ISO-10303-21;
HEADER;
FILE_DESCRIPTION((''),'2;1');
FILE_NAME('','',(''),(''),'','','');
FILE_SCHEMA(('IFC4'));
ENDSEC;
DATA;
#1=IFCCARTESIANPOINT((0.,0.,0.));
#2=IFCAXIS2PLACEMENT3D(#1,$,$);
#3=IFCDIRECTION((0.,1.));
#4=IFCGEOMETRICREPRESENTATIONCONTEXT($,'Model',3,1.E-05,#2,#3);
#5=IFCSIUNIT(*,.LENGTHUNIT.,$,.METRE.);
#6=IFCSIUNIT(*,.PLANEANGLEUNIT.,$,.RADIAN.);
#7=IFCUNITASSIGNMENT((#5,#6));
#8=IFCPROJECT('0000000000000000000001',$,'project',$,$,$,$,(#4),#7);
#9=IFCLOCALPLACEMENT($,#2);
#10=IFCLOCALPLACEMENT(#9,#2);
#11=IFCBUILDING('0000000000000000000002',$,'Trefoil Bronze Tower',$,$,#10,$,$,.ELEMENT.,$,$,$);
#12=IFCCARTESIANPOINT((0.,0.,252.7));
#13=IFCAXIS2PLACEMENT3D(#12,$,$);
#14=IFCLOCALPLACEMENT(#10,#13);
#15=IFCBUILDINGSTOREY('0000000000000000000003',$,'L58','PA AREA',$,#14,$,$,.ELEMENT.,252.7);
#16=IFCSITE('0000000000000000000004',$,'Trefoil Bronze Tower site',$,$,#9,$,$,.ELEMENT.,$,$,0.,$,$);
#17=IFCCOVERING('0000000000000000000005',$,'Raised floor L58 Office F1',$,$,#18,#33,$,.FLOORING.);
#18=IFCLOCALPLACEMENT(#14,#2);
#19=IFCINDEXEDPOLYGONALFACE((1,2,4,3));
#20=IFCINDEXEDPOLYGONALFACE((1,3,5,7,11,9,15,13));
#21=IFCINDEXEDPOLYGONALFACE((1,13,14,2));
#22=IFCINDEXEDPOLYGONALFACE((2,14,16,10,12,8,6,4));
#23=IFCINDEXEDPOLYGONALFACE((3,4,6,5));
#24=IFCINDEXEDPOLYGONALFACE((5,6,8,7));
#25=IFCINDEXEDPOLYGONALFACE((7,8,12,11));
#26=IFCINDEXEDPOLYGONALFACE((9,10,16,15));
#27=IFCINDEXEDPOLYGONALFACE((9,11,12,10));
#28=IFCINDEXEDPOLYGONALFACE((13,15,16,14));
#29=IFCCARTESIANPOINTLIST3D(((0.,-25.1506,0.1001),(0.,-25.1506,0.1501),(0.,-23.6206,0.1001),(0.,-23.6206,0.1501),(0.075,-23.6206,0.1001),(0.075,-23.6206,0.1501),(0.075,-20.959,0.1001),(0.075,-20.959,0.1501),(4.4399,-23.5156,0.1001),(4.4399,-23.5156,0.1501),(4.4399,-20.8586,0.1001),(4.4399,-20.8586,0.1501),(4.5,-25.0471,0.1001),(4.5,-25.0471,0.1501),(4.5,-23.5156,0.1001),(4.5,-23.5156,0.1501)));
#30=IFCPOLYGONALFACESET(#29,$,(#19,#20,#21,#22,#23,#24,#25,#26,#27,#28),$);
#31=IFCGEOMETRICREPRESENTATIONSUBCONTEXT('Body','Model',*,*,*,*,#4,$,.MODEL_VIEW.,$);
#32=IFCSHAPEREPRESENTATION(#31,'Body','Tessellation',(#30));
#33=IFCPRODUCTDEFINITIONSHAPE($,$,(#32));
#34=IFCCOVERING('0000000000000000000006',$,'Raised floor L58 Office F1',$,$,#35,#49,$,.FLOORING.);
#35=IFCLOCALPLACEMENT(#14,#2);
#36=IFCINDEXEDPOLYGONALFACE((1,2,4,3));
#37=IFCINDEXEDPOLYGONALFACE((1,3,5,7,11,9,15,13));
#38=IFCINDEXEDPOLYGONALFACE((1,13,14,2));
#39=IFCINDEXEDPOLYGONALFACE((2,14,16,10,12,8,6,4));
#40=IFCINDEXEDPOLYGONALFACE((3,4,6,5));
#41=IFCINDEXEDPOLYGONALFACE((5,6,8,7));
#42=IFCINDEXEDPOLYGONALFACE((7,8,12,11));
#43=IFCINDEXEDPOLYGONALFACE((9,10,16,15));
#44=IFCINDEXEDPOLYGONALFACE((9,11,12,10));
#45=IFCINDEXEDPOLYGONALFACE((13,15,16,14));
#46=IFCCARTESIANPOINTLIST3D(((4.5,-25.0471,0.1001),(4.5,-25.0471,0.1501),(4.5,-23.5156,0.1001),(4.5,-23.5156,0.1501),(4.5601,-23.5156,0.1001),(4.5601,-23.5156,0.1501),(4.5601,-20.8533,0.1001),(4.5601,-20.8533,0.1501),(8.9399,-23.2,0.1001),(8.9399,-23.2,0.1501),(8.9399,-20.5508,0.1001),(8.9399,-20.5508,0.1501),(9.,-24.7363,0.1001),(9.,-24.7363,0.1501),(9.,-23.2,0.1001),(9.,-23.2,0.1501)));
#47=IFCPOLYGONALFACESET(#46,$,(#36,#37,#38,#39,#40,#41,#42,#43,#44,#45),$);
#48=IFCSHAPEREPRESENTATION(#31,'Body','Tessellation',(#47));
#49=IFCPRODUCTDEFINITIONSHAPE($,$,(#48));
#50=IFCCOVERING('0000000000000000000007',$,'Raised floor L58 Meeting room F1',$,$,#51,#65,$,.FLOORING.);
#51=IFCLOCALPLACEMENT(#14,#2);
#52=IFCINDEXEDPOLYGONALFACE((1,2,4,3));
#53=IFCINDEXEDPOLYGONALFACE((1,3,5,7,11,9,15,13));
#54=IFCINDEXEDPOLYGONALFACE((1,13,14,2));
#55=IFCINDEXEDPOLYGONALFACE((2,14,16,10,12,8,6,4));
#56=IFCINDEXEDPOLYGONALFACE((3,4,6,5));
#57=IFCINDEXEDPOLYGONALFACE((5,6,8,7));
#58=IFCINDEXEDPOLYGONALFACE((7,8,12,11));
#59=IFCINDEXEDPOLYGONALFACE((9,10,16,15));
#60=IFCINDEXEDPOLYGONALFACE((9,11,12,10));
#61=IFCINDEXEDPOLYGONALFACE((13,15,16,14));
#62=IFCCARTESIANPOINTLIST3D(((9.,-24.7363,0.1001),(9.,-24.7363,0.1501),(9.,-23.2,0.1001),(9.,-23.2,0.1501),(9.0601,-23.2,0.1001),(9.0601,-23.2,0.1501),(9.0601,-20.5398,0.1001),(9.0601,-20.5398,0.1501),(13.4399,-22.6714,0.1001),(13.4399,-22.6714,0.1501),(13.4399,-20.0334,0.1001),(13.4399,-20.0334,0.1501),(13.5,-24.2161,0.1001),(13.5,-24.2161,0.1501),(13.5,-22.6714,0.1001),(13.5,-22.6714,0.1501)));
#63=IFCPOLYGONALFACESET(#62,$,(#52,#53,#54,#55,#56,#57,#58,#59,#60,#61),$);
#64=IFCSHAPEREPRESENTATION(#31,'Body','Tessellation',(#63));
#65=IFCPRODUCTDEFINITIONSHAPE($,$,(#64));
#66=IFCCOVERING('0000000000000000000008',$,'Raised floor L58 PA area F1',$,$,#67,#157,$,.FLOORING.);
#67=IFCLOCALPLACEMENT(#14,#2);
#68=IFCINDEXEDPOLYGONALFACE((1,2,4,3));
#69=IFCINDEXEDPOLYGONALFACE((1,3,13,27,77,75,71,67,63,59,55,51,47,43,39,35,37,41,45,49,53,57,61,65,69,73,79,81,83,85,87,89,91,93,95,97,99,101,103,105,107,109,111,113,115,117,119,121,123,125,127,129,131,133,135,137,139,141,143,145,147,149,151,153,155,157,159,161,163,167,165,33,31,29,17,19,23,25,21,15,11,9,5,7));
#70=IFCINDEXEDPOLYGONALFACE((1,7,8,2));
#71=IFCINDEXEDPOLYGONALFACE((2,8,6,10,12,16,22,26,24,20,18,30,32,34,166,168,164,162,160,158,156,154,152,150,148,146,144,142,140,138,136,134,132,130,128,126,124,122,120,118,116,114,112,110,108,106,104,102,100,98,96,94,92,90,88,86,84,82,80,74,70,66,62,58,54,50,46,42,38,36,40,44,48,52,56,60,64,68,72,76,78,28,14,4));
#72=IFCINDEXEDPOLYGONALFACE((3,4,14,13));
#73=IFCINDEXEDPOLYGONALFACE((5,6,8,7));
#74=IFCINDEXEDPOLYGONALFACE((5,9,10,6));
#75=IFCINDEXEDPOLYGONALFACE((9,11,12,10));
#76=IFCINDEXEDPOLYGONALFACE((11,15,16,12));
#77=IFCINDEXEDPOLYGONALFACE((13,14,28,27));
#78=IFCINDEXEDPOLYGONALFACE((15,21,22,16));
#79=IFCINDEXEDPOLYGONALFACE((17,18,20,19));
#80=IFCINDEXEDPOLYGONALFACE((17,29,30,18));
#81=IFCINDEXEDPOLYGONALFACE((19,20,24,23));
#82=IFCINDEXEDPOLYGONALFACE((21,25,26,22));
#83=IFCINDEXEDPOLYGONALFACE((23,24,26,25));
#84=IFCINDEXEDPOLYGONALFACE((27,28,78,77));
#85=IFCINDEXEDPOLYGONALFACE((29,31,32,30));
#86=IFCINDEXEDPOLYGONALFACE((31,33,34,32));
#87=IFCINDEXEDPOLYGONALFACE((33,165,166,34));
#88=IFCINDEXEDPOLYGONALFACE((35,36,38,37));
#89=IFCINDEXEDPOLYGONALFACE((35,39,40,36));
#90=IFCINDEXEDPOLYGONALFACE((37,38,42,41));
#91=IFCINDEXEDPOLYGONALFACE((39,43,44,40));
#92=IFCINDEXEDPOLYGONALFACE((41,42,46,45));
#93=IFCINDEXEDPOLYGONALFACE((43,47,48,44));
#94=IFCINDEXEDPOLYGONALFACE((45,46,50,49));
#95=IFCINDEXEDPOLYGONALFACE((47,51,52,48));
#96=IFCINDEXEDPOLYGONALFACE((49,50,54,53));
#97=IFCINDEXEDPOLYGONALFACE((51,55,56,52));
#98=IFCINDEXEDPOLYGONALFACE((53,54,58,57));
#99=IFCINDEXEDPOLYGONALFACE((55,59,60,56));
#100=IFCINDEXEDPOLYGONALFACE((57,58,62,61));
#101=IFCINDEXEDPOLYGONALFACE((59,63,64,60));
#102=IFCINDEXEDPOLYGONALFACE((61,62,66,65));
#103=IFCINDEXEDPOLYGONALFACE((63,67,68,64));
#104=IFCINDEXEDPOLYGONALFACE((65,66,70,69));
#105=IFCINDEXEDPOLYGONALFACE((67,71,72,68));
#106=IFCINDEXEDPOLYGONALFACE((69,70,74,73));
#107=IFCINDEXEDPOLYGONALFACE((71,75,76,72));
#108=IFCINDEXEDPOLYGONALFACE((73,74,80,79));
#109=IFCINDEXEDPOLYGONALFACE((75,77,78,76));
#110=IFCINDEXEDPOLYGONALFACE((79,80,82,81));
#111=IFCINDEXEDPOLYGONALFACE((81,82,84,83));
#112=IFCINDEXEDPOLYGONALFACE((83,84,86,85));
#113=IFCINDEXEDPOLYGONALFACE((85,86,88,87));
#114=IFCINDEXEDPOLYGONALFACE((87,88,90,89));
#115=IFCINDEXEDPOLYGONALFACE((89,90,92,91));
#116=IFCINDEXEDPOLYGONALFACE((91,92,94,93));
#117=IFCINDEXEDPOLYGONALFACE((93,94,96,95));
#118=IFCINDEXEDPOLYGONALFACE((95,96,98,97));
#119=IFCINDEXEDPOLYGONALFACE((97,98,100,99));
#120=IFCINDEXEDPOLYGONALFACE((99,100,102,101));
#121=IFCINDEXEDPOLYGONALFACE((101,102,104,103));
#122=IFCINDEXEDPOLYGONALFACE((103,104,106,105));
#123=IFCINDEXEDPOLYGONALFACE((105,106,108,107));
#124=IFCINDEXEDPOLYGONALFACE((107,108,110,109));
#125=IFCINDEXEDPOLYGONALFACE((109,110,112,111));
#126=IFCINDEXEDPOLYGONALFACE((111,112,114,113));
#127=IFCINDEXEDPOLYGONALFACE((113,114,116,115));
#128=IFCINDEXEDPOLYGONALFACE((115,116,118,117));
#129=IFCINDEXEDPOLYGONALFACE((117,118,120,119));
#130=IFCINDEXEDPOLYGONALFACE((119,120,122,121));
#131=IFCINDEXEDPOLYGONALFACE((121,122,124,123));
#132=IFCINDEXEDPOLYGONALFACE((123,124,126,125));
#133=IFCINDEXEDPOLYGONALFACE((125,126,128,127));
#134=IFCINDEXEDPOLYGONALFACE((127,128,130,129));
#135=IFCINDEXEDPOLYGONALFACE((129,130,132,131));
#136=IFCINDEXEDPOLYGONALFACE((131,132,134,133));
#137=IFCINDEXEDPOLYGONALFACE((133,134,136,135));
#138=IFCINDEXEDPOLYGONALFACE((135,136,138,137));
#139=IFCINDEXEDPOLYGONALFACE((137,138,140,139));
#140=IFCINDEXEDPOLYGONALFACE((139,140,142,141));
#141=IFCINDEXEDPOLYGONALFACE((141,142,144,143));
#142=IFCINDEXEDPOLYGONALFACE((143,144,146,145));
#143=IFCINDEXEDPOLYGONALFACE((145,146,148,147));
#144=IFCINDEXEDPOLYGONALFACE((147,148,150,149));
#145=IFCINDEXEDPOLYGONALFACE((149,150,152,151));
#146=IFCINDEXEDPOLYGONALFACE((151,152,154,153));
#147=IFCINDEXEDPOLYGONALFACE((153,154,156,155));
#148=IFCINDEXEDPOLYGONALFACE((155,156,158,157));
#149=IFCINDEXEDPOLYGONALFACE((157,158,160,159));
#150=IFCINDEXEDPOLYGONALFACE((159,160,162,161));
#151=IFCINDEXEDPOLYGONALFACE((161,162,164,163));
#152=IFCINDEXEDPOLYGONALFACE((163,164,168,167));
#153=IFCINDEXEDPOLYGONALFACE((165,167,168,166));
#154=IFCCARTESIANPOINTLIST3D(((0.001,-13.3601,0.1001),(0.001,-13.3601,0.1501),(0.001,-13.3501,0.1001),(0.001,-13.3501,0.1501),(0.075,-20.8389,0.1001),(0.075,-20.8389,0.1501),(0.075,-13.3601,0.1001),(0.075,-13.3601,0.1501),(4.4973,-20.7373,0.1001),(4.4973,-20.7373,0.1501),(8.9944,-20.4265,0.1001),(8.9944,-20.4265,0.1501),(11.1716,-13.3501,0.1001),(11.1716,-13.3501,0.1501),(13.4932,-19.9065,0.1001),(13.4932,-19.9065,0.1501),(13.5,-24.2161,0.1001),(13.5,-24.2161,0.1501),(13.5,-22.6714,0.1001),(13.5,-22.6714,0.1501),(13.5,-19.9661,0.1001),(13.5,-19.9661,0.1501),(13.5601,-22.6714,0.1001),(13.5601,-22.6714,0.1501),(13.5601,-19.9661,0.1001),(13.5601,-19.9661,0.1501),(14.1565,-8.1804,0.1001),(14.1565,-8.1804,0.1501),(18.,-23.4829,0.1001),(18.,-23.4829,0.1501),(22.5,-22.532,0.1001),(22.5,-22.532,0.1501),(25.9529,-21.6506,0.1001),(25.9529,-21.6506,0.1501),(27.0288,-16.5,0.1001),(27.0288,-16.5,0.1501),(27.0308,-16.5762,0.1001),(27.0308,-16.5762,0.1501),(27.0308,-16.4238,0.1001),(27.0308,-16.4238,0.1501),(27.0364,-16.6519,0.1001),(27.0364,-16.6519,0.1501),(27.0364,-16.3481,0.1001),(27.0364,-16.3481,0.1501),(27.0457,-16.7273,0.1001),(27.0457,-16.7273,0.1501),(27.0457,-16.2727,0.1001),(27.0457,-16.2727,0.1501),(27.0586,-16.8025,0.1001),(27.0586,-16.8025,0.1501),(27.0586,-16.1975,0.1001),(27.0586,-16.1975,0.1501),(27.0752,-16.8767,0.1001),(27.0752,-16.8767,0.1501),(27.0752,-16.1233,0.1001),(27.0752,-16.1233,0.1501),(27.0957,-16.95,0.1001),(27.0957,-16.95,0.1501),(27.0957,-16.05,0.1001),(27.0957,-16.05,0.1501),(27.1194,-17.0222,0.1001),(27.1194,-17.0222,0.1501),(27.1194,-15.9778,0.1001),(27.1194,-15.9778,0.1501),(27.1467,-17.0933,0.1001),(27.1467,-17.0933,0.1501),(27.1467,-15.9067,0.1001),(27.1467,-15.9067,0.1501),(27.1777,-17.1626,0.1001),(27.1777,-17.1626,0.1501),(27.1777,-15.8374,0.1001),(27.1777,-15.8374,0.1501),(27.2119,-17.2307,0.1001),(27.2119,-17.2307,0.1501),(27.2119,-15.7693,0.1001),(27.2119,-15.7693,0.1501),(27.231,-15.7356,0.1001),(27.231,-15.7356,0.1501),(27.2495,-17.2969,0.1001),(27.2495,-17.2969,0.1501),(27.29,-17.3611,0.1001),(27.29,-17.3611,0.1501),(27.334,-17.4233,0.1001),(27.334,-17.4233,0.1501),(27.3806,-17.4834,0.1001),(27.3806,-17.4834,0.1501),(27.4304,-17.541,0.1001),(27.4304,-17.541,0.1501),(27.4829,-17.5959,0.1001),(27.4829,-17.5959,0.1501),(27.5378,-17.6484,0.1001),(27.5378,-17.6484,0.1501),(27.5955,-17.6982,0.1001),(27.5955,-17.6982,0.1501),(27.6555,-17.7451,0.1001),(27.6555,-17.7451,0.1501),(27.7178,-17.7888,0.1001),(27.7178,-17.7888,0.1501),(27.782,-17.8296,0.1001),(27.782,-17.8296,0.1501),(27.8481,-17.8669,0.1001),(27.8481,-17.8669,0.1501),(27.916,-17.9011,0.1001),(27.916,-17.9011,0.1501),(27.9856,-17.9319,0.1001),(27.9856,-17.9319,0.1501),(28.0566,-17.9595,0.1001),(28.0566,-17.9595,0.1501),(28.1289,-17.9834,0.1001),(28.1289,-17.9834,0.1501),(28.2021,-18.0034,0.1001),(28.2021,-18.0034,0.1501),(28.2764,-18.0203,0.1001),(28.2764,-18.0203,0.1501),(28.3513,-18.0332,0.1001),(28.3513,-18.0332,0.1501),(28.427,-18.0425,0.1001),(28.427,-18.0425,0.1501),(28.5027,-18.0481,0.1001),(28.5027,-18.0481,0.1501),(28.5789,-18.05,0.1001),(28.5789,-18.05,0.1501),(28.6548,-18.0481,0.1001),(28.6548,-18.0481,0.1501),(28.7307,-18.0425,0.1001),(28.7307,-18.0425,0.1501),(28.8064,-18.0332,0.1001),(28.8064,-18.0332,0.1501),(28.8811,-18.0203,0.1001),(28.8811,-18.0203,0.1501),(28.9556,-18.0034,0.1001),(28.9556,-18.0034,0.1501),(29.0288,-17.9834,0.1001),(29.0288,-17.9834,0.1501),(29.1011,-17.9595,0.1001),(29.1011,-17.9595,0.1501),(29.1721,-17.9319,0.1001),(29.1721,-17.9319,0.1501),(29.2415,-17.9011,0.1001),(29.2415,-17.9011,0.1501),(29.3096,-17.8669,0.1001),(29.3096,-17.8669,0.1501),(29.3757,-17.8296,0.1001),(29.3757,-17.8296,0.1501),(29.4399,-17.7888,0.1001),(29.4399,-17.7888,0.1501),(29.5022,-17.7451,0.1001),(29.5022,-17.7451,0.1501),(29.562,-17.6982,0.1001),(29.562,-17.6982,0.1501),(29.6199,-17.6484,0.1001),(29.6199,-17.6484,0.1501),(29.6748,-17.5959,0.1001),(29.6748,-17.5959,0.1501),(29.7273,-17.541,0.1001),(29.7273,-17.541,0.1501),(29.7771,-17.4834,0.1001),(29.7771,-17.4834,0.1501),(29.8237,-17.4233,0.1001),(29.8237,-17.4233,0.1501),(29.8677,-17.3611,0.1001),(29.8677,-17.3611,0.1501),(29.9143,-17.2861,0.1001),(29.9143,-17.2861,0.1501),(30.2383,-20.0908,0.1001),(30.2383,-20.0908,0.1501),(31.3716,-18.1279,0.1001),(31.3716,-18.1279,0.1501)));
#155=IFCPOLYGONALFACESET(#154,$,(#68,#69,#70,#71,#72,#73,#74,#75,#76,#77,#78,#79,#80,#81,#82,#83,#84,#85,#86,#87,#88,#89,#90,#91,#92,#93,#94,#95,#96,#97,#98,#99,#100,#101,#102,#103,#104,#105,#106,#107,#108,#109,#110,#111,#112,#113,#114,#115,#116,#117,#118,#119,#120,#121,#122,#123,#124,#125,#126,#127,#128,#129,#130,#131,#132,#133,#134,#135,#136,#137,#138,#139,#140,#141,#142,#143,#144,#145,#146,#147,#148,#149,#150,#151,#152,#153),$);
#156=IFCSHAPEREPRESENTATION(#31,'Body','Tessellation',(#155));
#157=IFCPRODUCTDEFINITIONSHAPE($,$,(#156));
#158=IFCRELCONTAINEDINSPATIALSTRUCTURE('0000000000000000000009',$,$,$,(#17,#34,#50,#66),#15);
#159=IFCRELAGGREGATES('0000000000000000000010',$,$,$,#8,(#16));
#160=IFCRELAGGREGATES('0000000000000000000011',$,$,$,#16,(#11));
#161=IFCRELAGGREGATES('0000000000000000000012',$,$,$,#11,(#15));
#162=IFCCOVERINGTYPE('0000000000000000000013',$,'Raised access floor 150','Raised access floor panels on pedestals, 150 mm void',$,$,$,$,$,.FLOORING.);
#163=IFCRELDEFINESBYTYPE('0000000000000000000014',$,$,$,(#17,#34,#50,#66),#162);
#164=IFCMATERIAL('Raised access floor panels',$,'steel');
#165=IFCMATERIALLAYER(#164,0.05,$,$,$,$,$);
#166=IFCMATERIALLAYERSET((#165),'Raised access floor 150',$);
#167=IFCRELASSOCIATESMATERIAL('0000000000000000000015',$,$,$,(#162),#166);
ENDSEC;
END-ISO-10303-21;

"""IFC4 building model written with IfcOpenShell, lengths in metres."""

from ifc_helpers import new_model, si_unit, direction, frame, origin, place, context, subcontext, project, spatial, polyline, outline, extrude, material, layer, layer_set, type_object, element, save


model = new_model("IFC4")

# Units and contexts
model_context = context("Model", 3, precision=1e-05, world=origin(), true_north=direction((0.0, 1.0)))
body_context = subcontext(model_context, "Body", "Model", "MODEL_VIEW")
ifc_project = project(units=[si_unit("LENGTHUNIT", "METRE"), si_unit("PLANEANGLEUNIT", "RADIAN")], contexts=[model_context])

# Site, building, storey
site_placement = place(None, origin())
site = spatial("IfcSite", under=ifc_project, at=site_placement, Name="Trefoil Bronze Tower site", CompositionType="ELEMENT", RefElevation=0.0)
building_placement = place(site_placement, origin())
building = spatial("IfcBuilding", under=site, at=building_placement, Name="Trefoil Bronze Tower", CompositionType="ELEMENT")
storey_placement = place(building_placement, frame((0.0, 0.0, 252.7)))
storey = spatial("IfcBuildingStorey", under=building, at=storey_placement, Name="L58", Description="PA AREA", CompositionType="ELEMENT", Elevation=252.7)

# Coverings
ifc_material_1 = material(Name="Raised access floor panels", Category="steel")
ifc_layer_1 = layer(ifc_material_1, 0.05)
ifc_layer_set_1 = layer_set([ifc_layer_1], Name="Raised access floor 150")
covering_type_1 = type_object("IfcCoveringType", Name="Raised access floor 150", Description="Raised access floor panels on pedestals, 150 mm void", PredefinedType="FLOORING", material=ifc_layer_set_1)
covering_1_placement = place(storey_placement, frame((0.0, 0.0, 0.1001)))
element("IfcCovering", 1, at=covering_1_placement, inside=storey, type_object=covering_type_1, Name="Raised floor L58 Office F1", PredefinedType="FLOORING", context=body_context, shape_type="SweptSolid", body=[
    extrude(outline(polyline([(4.5, -25.0471), (0.0, -25.1506), (0.0, -23.6206), (0.075, -23.6206), (0.075, -20.959), (4.4399, -20.8586), (4.4399, -23.5156), (4.5, -23.5156), (4.5, -25.0471)])), origin(), (0.0, 0.0, 1.0), 0.05),
])
covering_2_placement = place(storey_placement, frame((0.0, 0.0, 0.1001)))
element("IfcCovering", 2, at=covering_2_placement, inside=storey, type_object=covering_type_1, Name="Raised floor L58 Office F1", PredefinedType="FLOORING", context=body_context, shape_type="SweptSolid", body=[
    extrude(outline(polyline([(9.0, -24.7363), (4.5, -25.0471), (4.5, -23.5156), (4.5601, -23.5156), (4.5601, -20.8533), (8.9399, -20.5508), (8.9399, -23.2), (9.0, -23.2), (9.0, -24.7363)])), origin(), (0.0, 0.0, 1.0), 0.05),
])
covering_3_placement = place(storey_placement, frame((0.0, 0.0, 0.1001)))
element("IfcCovering", 3, at=covering_3_placement, inside=storey, type_object=covering_type_1, Name="Raised floor L58 Meeting room F1", PredefinedType="FLOORING", context=body_context, shape_type="SweptSolid", body=[
    extrude(outline(polyline([(13.5, -24.2161), (9.0, -24.7363), (9.0, -23.2), (9.0601, -23.2), (9.0601, -20.5398), (13.4399, -20.0334), (13.4399, -22.6714), (13.5, -22.6714), (13.5, -24.2161)])), origin(), (0.0, 0.0, 1.0), 0.05),
])
covering_4_placement = place(storey_placement, frame((0.0, 0.0, 0.1001)))
element("IfcCovering", 4, at=covering_4_placement, inside=storey, type_object=covering_type_1, Name="Raised floor L58 PA area F1", PredefinedType="FLOORING", context=body_context, shape_type="SweptSolid", body=[
    extrude(outline(polyline([(13.5, -22.6714), (13.5601, -22.6714), (13.5601, -19.9661), (13.5, -19.9661), (13.4932, -19.9065), (8.9944, -20.4265), (4.4973, -20.7373), (0.075, -20.8389), (0.075, -13.3601), (0.001, -13.3601), (0.001, -13.3501), (11.1716, -13.3501), (14.1565, -8.1804), (27.231, -15.7356), (27.2119, -15.7693), (27.1777, -15.8374), (27.1467, -15.9067), (27.1194, -15.9778), (27.0957, -16.05), (27.0752, -16.1233), (27.0586, -16.1975), (27.0457, -16.2727), (27.0364, -16.3481), (27.0308, -16.4238), (27.0288, -16.5), (27.0308, -16.5762), (27.0364, -16.6519), (27.0457, -16.7273), (27.0586, -16.8025), (27.0752, -16.8767), (27.0957, -16.95), (27.1194, -17.0222), (27.1467, -17.0933), (27.1777, -17.1626), (27.2119, -17.2307), (27.2495, -17.2969), (27.29, -17.3611), (27.334, -17.4233), (27.3806, -17.4834), (27.4304, -17.541), (27.4829, -17.5959), (27.5378, -17.6484), (27.5955, -17.6982), (27.6555, -17.7451), (27.7178, -17.7888), (27.782, -17.8296), (27.8481, -17.8669), (27.916, -17.9011), (27.9856, -17.9319), (28.0566, -17.9595), (28.1289, -17.9834), (28.2021, -18.0034), (28.2764, -18.0203), (28.3513, -18.0332), (28.427, -18.0425), (28.5027, -18.0481), (28.5789, -18.05), (28.6548, -18.0481), (28.7307, -18.0425), (28.8064, -18.0332), (28.8811, -18.0203), (28.9556, -18.0034), (29.0288, -17.9834), (29.1011, -17.9595), (29.1721, -17.9319), (29.2415, -17.9011), (29.3096, -17.8669), (29.3757, -17.8296), (29.4399, -17.7888), (29.5022, -17.7451), (29.562, -17.6982), (29.6199, -17.6484), (29.6748, -17.5959), (29.7273, -17.541), (29.7771, -17.4834), (29.8237, -17.4233), (29.8677, -17.3611), (29.9143, -17.2861), (31.3716, -18.1279), (30.2383, -20.0908), (25.9529, -21.6506), (22.5, -22.532), (18.0, -23.4829), (13.5, -24.2161), (13.5, -22.6714)])), origin(), (0.0, 0.0, 1.0), 0.05),
])

save(model, "model.ifc")
